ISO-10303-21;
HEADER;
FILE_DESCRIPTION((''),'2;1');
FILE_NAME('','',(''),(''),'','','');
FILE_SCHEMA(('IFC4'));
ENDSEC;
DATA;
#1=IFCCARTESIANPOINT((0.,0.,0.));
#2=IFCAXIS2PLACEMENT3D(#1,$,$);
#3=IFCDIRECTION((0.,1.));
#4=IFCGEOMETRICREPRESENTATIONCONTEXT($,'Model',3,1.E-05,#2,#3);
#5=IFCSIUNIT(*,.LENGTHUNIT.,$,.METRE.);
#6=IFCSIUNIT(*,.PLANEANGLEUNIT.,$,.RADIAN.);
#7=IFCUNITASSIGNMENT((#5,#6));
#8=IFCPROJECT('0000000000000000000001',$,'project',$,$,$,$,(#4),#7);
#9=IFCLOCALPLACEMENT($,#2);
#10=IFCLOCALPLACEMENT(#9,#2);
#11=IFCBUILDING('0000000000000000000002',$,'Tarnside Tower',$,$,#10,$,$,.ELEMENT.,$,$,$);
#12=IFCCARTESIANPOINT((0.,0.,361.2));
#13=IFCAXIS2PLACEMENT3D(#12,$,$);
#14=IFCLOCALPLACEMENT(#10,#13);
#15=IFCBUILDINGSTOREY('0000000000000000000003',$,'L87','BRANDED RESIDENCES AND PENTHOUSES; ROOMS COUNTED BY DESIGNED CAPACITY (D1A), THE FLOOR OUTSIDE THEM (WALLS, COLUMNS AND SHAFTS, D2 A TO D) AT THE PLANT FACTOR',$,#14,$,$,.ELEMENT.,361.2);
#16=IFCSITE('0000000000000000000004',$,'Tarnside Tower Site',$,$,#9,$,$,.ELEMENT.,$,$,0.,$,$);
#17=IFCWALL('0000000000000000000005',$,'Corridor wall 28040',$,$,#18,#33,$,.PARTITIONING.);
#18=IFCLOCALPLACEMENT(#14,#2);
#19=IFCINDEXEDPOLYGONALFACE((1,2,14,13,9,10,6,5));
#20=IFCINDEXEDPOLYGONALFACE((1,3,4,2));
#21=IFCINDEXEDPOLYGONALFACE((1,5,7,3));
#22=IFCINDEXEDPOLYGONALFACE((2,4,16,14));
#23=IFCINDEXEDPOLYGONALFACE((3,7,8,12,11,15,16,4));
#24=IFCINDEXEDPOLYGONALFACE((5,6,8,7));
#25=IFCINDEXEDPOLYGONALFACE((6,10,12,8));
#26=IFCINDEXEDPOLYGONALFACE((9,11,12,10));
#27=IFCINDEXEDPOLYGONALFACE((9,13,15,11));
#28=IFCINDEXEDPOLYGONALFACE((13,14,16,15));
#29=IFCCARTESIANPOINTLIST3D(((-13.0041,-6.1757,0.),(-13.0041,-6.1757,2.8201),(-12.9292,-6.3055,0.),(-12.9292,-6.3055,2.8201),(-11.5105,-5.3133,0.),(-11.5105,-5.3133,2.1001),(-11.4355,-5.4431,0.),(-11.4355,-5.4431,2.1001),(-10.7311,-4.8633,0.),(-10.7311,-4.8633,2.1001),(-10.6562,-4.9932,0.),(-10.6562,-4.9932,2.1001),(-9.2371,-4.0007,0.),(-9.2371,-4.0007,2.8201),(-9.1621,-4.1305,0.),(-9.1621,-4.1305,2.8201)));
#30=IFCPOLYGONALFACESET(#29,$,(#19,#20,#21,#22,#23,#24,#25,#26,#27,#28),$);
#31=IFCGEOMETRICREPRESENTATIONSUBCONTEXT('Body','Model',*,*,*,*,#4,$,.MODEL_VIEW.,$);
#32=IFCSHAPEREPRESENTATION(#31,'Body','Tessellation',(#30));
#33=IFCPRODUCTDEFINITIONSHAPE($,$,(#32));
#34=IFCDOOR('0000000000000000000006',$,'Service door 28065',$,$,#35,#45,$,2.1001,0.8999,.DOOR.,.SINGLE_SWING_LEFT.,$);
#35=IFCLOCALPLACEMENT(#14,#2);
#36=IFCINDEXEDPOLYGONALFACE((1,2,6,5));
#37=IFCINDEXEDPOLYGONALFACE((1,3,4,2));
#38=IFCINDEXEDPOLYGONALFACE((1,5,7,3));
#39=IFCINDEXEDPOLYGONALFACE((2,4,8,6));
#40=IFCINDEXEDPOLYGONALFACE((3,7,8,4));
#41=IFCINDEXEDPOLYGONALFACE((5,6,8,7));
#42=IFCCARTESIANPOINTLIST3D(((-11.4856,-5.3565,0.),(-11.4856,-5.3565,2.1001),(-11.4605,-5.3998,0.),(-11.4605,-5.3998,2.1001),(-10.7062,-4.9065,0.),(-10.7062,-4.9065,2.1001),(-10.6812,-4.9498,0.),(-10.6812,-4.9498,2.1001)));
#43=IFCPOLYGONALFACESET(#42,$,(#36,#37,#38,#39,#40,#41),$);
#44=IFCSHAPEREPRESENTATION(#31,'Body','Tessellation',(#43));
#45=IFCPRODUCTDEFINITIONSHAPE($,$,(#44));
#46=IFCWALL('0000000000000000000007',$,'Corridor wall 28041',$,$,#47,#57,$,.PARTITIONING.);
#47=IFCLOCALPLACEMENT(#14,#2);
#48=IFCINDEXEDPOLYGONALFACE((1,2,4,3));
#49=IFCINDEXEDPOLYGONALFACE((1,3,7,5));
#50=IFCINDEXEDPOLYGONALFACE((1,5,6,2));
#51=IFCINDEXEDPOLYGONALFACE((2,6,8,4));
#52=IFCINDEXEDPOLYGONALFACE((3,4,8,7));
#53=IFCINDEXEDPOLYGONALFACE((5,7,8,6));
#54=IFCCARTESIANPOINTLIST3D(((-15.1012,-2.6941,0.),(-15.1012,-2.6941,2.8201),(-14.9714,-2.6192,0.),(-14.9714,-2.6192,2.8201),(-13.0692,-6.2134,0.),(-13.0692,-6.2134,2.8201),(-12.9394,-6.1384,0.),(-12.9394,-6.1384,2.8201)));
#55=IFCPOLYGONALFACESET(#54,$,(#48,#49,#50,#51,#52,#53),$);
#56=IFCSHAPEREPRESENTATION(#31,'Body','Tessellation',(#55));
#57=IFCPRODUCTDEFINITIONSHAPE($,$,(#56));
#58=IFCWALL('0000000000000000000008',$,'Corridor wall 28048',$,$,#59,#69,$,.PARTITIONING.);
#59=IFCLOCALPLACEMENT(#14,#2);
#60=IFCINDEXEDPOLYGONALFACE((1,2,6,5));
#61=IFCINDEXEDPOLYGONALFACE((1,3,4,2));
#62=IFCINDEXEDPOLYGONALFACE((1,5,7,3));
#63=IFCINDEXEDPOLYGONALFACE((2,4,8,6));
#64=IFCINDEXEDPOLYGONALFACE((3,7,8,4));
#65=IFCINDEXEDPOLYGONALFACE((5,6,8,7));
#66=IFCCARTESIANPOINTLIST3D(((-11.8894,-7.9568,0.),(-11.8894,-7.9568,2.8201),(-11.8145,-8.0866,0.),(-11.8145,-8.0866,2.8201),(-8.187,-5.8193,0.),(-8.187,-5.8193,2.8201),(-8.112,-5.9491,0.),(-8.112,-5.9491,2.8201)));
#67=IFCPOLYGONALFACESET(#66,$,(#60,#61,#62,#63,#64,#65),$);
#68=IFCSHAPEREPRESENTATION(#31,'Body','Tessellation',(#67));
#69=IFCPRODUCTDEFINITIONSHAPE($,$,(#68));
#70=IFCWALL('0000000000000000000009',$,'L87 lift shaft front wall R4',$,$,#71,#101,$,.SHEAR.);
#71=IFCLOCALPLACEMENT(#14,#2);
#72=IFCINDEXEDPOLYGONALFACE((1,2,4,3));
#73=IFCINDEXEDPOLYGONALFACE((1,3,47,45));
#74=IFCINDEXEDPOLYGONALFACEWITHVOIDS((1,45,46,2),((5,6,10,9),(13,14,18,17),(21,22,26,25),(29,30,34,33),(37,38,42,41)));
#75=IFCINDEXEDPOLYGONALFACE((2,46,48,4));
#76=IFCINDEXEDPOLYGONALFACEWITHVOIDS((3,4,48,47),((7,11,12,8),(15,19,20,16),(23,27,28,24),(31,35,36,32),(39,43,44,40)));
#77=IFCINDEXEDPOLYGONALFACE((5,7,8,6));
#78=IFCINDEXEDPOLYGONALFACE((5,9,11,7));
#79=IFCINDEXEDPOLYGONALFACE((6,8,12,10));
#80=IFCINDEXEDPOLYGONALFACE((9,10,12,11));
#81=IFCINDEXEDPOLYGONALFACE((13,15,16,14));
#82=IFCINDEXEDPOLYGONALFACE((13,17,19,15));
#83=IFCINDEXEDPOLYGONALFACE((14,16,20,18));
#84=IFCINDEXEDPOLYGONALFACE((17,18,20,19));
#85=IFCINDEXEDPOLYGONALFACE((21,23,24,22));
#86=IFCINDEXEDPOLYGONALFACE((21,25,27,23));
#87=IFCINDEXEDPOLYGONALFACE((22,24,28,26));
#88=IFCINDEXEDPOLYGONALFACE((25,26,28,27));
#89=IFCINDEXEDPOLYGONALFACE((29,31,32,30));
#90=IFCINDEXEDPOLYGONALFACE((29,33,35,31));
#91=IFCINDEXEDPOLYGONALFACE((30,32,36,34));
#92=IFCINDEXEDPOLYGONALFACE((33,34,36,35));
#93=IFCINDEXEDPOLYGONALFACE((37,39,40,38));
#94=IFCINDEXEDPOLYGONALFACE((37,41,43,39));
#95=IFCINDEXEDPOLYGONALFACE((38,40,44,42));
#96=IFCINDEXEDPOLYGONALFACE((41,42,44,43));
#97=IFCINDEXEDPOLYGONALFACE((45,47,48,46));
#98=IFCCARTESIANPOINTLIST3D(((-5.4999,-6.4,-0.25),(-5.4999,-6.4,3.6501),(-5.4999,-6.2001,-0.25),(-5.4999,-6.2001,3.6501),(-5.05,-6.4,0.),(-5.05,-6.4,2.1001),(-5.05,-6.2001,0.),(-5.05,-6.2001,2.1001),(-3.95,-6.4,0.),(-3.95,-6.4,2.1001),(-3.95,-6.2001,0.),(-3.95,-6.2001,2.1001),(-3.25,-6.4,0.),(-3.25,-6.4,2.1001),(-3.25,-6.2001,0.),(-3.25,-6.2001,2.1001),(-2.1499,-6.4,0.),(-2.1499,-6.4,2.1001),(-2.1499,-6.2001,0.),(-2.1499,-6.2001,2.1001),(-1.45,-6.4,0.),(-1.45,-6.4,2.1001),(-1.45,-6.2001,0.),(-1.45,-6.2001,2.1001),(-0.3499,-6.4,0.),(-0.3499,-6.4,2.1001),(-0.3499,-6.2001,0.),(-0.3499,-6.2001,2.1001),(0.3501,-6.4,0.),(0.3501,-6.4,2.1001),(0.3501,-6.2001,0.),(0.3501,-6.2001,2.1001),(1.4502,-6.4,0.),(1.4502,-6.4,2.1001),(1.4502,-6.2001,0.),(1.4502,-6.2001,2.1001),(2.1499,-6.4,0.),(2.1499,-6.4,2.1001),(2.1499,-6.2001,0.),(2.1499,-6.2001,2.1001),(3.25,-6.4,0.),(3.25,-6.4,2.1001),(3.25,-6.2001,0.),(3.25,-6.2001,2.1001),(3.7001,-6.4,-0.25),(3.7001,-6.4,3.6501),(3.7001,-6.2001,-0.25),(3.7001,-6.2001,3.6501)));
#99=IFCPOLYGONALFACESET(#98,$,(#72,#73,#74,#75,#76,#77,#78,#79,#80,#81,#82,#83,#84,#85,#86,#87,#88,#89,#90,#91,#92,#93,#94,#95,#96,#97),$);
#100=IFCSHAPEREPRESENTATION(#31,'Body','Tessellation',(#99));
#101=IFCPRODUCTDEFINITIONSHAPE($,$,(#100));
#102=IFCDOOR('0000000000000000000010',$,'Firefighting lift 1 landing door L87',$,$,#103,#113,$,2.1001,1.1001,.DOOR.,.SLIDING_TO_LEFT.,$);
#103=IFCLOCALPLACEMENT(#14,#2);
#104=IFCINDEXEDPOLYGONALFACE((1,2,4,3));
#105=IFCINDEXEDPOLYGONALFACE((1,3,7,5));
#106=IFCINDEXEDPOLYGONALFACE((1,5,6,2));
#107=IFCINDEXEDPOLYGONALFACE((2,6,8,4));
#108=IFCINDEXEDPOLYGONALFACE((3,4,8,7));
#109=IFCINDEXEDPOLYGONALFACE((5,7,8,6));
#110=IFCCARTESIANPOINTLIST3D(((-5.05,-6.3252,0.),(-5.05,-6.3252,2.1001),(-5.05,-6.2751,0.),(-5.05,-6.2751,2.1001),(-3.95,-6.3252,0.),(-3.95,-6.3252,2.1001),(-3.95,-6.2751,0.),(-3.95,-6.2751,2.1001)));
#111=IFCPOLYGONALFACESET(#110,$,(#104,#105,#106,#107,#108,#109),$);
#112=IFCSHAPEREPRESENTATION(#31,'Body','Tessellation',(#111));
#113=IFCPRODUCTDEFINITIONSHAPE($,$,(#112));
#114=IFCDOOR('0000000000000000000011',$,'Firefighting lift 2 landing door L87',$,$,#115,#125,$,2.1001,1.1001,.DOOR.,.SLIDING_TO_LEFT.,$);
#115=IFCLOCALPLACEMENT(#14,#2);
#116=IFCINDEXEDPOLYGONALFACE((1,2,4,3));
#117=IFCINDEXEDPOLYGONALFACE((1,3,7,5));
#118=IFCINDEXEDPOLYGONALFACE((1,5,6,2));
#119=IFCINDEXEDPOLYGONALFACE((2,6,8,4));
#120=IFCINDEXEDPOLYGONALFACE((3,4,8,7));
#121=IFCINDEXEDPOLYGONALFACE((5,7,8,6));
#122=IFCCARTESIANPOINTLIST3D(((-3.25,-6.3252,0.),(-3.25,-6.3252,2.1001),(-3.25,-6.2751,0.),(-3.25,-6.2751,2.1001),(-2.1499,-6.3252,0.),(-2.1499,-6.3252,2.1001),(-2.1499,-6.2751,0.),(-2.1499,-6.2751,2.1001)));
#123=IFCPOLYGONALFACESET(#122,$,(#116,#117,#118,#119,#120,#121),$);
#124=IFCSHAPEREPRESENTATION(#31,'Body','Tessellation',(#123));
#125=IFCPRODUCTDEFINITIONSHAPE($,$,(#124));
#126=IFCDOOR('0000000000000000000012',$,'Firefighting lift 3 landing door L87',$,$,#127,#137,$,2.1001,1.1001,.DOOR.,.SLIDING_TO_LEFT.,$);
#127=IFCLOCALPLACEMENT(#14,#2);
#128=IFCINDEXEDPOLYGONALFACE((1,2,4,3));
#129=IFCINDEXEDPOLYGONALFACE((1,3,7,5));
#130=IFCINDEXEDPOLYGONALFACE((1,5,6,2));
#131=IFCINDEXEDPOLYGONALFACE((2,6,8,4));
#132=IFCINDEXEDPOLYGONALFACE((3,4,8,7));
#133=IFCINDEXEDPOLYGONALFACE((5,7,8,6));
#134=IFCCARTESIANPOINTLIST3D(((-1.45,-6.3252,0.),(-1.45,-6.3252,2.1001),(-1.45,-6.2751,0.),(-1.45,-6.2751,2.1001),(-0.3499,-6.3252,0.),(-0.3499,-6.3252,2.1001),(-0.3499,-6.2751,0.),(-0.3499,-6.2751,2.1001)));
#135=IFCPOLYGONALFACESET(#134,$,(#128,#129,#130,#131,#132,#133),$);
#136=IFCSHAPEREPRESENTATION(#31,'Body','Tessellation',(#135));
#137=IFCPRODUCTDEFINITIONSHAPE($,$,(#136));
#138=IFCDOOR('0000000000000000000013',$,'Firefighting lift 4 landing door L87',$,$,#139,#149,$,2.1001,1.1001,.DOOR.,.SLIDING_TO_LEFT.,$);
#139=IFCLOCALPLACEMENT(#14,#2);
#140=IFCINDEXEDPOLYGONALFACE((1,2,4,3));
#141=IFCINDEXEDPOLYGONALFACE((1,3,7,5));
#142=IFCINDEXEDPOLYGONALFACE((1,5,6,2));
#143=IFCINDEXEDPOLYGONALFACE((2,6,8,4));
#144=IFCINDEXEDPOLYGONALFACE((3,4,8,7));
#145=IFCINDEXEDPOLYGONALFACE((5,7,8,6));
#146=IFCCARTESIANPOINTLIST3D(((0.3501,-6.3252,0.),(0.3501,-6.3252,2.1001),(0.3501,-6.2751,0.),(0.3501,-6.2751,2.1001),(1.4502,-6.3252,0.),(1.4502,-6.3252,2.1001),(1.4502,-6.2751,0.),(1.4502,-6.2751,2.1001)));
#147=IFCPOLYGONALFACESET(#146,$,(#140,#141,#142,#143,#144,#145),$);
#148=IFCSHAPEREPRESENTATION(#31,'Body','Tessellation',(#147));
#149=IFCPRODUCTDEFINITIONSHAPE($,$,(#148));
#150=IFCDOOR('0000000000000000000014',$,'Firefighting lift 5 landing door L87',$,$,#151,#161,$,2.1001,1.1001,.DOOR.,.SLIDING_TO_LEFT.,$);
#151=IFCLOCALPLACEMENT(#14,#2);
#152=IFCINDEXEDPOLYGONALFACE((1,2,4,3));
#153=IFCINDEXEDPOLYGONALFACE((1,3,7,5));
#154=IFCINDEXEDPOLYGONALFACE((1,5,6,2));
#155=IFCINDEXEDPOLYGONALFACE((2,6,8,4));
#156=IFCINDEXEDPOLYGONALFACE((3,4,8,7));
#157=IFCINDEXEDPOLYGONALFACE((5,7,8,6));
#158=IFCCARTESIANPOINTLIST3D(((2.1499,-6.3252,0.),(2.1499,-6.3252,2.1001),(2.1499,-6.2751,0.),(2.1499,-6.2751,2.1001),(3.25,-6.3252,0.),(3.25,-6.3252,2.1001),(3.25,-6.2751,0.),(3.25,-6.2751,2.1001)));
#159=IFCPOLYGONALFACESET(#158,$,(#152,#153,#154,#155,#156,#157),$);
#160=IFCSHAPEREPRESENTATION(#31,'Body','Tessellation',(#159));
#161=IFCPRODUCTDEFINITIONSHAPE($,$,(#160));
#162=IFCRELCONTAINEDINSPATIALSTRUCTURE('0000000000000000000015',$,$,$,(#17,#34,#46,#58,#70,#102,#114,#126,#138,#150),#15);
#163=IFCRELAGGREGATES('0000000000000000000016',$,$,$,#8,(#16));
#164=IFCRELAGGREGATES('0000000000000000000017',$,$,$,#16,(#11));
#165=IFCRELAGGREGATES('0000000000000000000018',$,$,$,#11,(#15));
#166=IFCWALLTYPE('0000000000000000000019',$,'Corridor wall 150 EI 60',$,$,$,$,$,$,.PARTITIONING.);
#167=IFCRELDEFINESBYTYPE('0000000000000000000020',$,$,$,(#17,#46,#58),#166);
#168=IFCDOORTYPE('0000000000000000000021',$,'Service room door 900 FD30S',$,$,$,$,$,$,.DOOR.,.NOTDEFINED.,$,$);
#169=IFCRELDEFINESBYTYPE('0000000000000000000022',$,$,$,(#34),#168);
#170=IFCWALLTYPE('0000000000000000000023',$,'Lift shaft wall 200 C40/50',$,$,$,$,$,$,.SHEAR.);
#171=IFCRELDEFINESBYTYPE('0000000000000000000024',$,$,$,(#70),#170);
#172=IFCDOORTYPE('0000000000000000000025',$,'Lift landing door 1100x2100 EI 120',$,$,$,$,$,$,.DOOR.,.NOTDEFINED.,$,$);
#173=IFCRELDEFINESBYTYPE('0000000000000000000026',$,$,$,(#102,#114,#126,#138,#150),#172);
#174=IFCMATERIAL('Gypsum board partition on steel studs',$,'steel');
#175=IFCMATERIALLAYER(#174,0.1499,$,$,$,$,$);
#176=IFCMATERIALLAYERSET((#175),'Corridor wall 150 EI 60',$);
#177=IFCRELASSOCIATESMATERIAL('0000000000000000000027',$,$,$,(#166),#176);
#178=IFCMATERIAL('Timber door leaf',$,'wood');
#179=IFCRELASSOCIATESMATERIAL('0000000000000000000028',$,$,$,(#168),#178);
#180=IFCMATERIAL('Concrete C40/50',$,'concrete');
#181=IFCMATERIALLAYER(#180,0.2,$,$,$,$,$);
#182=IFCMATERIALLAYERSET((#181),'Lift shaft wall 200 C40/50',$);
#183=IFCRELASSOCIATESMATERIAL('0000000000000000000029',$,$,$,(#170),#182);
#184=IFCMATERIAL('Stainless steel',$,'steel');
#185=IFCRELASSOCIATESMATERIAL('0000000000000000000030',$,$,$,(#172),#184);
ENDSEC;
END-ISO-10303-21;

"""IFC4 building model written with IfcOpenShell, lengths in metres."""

from ifc_helpers import new_model, si_unit, direction, frame, frame_2d, origin, place, context, subcontext, project, spatial, rectangle, extrude, material, layer, layer_set, type_object, element, fill, save


model = new_model("IFC4")

# Units and contexts
model_context = context("Model", 3, precision=1e-05, world=origin(), true_north=direction((0.0, 1.0)))
body_context = subcontext(model_context, "Body", "Model", "MODEL_VIEW")
ifc_project = project(units=[si_unit("LENGTHUNIT", "METRE"), si_unit("PLANEANGLEUNIT", "RADIAN")], contexts=[model_context])

# Site, building, storey
site_placement = place(None, origin())
site = spatial("IfcSite", under=ifc_project, at=site_placement, Name="Tarnside Tower Site", CompositionType="ELEMENT", RefElevation=0.0)
building_placement = place(site_placement, origin())
building = spatial("IfcBuilding", under=site, at=building_placement, Name="Tarnside Tower", CompositionType="ELEMENT")
storey_placement = place(building_placement, frame((0.0, 0.0, 361.2)))
storey = spatial("IfcBuildingStorey", under=building, at=storey_placement, Name="L87", Description="BRANDED RESIDENCES AND PENTHOUSES; ROOMS COUNTED BY DESIGNED CAPACITY (D1A), THE FLOOR OUTSIDE THEM (WALLS, COLUMNS AND SHAFTS, D2 A TO D) AT THE PLANT FACTOR", CompositionType="ELEMENT", Elevation=361.2)

# Wall, opening, door
ifc_material_1 = material(Name="Gypsum board partition on steel studs", Category="steel")
ifc_layer_1 = layer(ifc_material_1, 0.1499)
ifc_layer_set_1 = layer_set([ifc_layer_1], Name="Corridor wall 150 EI 60")
wall_type_1 = type_object("IfcWallType", Name="Corridor wall 150 EI 60", PredefinedType="PARTITIONING", material=ifc_layer_set_1)
wall_1_placement = place(storey_placement, frame((-9.1997, -4.0657, 0.0), z_axis=(0.0, 0.0, 1.0), x_axis=(-0.866014, -0.50002, 0.0)))
wall_1 = element("IfcWall", 1, at=wall_1_placement, inside=storey, type_object=wall_type_1, Name="Corridor wall 28040", PredefinedType="PARTITIONING", context=body_context, shape_type="SweptSolid", body=[
    extrude(rectangle(XDim=4.3499, YDim=0.1499, at=frame_2d((2.1748, 0.0))), origin(), (0.0, 0.0, 1.0), 2.8201),
])
opening_1_placement = place(wall_1_placement, frame((1.7251, 0.0, 0.0)))
opening_1 = element("IfcOpeningElement", 2, at=opening_1_placement, cuts=wall_1, PredefinedType="OPENING", context=body_context, shape_type="SweptSolid", body=[
    extrude(rectangle(XDim=0.8999, YDim=2.1001, at=frame_2d((0.45, 1.05))), frame((0.0, 0.085, 0.0), z_axis=(0.0, -1.0, 0.0), x_axis=(1.0, 0.0, 0.0)), (0.0, 0.0, 1.0), 0.1699),
])
ifc_material_2 = material(Name="Timber door leaf", Category="wood")
door_type_1 = type_object("IfcDoorType", Name="Service room door 900 FD30S", OperationType="NOTDEFINED", PredefinedType="DOOR", material=ifc_material_2)
door_1_placement = place(opening_1_placement, origin())
door_1 = element("IfcDoor", 3, at=door_1_placement, inside=storey, type_object=door_type_1, Name="Service door 28065", OperationType="SINGLE_SWING_LEFT", OverallHeight=2.1001, OverallWidth=0.8999, PredefinedType="DOOR", context=body_context, shape_type="SweptSolid", body=[
    extrude(rectangle(XDim=0.8999, YDim=2.1001, at=frame_2d((0.45, 1.05))), frame((0.0, 0.0249, 0.0), z_axis=(0.0, -1.0, 0.0), x_axis=(1.0, 0.0, 0.0)), (0.0, 0.0, 1.0), 0.05),
])
fill(opening_1, door_1)

# Walls
wall_2_placement = place(storey_placement, frame((-13.0044, -6.1758, 0.0), z_axis=(0.0, 0.0, 1.0), x_axis=(-0.500022, 0.866013, 0.0)))
element("IfcWall", 4, at=wall_2_placement, inside=storey, type_object=wall_type_1, Name="Corridor wall 28041", PredefinedType="PARTITIONING", context=body_context, shape_type="SweptSolid", body=[
    extrude(rectangle(XDim=4.0637, YDim=0.1499, at=frame_2d((2.0317, 0.0))), origin(), (0.0, 0.0, 1.0), 2.8201),
])
wall_3_placement = place(storey_placement, frame((-11.8521, -8.0217, 0.0), z_axis=(0.0, 0.0, 1.0), x_axis=(0.866038, 0.499978, 0.0)))
element("IfcWall", 5, at=wall_3_placement, inside=storey, type_object=wall_type_1, Name="Corridor wall 28048", PredefinedType="PARTITIONING", context=body_context, shape_type="SweptSolid", body=[
    extrude(rectangle(XDim=4.2751, YDim=0.1499, at=frame_2d((2.1377, 0.0))), origin(), (0.0, 0.0, 1.0), 2.8201),
])

# Wall, openings, doors
ifc_material_3 = material(Name="Concrete C40/50", Category="concrete")
ifc_layer_2 = layer(ifc_material_3, 0.2)
ifc_layer_set_2 = layer_set([ifc_layer_2], Name="Lift shaft wall 200 C40/50")
wall_type_2 = type_object("IfcWallType", Name="Lift shaft wall 200 C40/50", PredefinedType="SHEAR", material=ifc_layer_set_2)
wall_4_placement = place(storey_placement, frame((-5.5, -6.3, -0.25), z_axis=(0.0, 0.0, 1.0), x_axis=(1.0, 0.0, 0.0)))
wall_4 = element("IfcWall", 6, at=wall_4_placement, inside=storey, type_object=wall_type_2, Name="L87 lift shaft front wall R4", PredefinedType="SHEAR", context=body_context, shape_type="SweptSolid", body=[
    extrude(rectangle(XDim=9.2, YDim=0.2, at=frame_2d((4.6001, 0.0))), origin(), (0.0, 0.0, 1.0), 3.9001),
])
opening_2_placement = place(wall_4_placement, frame((0.45, 0.0, 0.25)))
opening_2 = element("IfcOpeningElement", 7, at=opening_2_placement, cuts=wall_4, PredefinedType="OPENING", context=body_context, shape_type="SweptSolid", body=[
    extrude(rectangle(XDim=1.1001, YDim=2.1001, at=frame_2d((0.55, 1.05))), frame((0.0, 0.1099, 0.0), z_axis=(0.0, -1.0, 0.0), x_axis=(1.0, 0.0, 0.0)), (0.0, 0.0, 1.0), 0.22),
])
opening_3_placement = place(wall_4_placement, frame((2.25, 0.0, 0.25)))
opening_3 = element("IfcOpeningElement", 8, at=opening_3_placement, cuts=wall_4, PredefinedType="OPENING", context=body_context, shape_type="SweptSolid", body=[
    extrude(rectangle(XDim=1.1001, YDim=2.1001, at=frame_2d((0.55, 1.05))), frame((0.0, 0.1099, 0.0), z_axis=(0.0, -1.0, 0.0), x_axis=(1.0, 0.0, 0.0)), (0.0, 0.0, 1.0), 0.22),
])
opening_4_placement = place(wall_4_placement, frame((4.05, 0.0, 0.25)))
opening_4 = element("IfcOpeningElement", 9, at=opening_4_placement, cuts=wall_4, PredefinedType="OPENING", context=body_context, shape_type="SweptSolid", body=[
    extrude(rectangle(XDim=1.1001, YDim=2.1001, at=frame_2d((0.55, 1.05))), frame((0.0, 0.1099, 0.0), z_axis=(0.0, -1.0, 0.0), x_axis=(1.0, 0.0, 0.0)), (0.0, 0.0, 1.0), 0.22),
])
opening_5_placement = place(wall_4_placement, frame((5.8501, 0.0, 0.25)))
opening_5 = element("IfcOpeningElement", 10, at=opening_5_placement, cuts=wall_4, PredefinedType="OPENING", context=body_context, shape_type="SweptSolid", body=[
    extrude(rectangle(XDim=1.1001, YDim=2.1001, at=frame_2d((0.55, 1.05))), frame((0.0, 0.1099, 0.0), z_axis=(0.0, -1.0, 0.0), x_axis=(1.0, 0.0, 0.0)), (0.0, 0.0, 1.0), 0.22),
])
opening_6_placement = place(wall_4_placement, frame((7.6499, 0.0, 0.25)))
opening_6 = element("IfcOpeningElement", 11, at=opening_6_placement, cuts=wall_4, PredefinedType="OPENING", context=body_context, shape_type="SweptSolid", body=[
    extrude(rectangle(XDim=1.1001, YDim=2.1001, at=frame_2d((0.55, 1.05))), frame((0.0, 0.1099, 0.0), z_axis=(0.0, -1.0, 0.0), x_axis=(1.0, 0.0, 0.0)), (0.0, 0.0, 1.0), 0.22),
])
ifc_material_4 = material(Name="Stainless steel", Category="steel")
door_type_2 = type_object("IfcDoorType", Name="Lift landing door 1100x2100 EI 120", OperationType="NOTDEFINED", PredefinedType="DOOR", material=ifc_material_4)
door_2_placement = place(opening_2_placement, origin())
door_2 = element("IfcDoor", 12, at=door_2_placement, inside=storey, type_object=door_type_2, Name="Firefighting lift 1 landing door L87", OperationType="SLIDING_TO_LEFT", OverallHeight=2.1001, OverallWidth=1.1001, PredefinedType="DOOR", context=body_context, shape_type="SweptSolid", body=[
    extrude(rectangle(XDim=1.1001, YDim=2.1001, at=frame_2d((0.55, 1.05))), frame((0.0, 0.0249, 0.0), z_axis=(0.0, -1.0, 0.0), x_axis=(1.0, 0.0, 0.0)), (0.0, 0.0, 1.0), 0.05),
])
fill(opening_2, door_2)
door_3_placement = place(opening_3_placement, origin())
door_3 = element("IfcDoor", 13, at=door_3_placement, inside=storey, type_object=door_type_2, Name="Firefighting lift 2 landing door L87", OperationType="SLIDING_TO_LEFT", OverallHeight=2.1001, OverallWidth=1.1001, PredefinedType="DOOR", context=body_context, shape_type="SweptSolid", body=[
    extrude(rectangle(XDim=1.1001, YDim=2.1001, at=frame_2d((0.55, 1.05))), frame((0.0, 0.0249, 0.0), z_axis=(0.0, -1.0, 0.0), x_axis=(1.0, 0.0, 0.0)), (0.0, 0.0, 1.0), 0.05),
])
fill(opening_3, door_3)
door_4_placement = place(opening_4_placement, origin())
door_4 = element("IfcDoor", 14, at=door_4_placement, inside=storey, type_object=door_type_2, Name="Firefighting lift 3 landing door L87", OperationType="SLIDING_TO_LEFT", OverallHeight=2.1001, OverallWidth=1.1001, PredefinedType="DOOR", context=body_context, shape_type="SweptSolid", body=[
    extrude(rectangle(XDim=1.1001, YDim=2.1001, at=frame_2d((0.55, 1.05))), frame((0.0, 0.0249, 0.0), z_axis=(0.0, -1.0, 0.0), x_axis=(1.0, 0.0, 0.0)), (0.0, 0.0, 1.0), 0.05),
])
fill(opening_4, door_4)
door_5_placement = place(opening_5_placement, origin())
door_5 = element("IfcDoor", 15, at=door_5_placement, inside=storey, type_object=door_type_2, Name="Firefighting lift 4 landing door L87", OperationType="SLIDING_TO_LEFT", OverallHeight=2.1001, OverallWidth=1.1001, PredefinedType="DOOR", context=body_context, shape_type="SweptSolid", body=[
    extrude(rectangle(XDim=1.1001, YDim=2.1001, at=frame_2d((0.55, 1.05))), frame((0.0, 0.0249, 0.0), z_axis=(0.0, -1.0, 0.0), x_axis=(1.0, 0.0, 0.0)), (0.0, 0.0, 1.0), 0.05),
])
fill(opening_5, door_5)
door_6_placement = place(opening_6_placement, origin())
door_6 = element("IfcDoor", 16, at=door_6_placement, inside=storey, type_object=door_type_2, Name="Firefighting lift 5 landing door L87", OperationType="SLIDING_TO_LEFT", OverallHeight=2.1001, OverallWidth=1.1001, PredefinedType="DOOR", context=body_context, shape_type="SweptSolid", body=[
    extrude(rectangle(XDim=1.1001, YDim=2.1001, at=frame_2d((0.55, 1.05))), frame((0.0, 0.0249, 0.0), z_axis=(0.0, -1.0, 0.0), x_axis=(1.0, 0.0, 0.0)), (0.0, 0.0, 1.0), 0.05),
])
fill(opening_6, door_6)

save(model, "model.ifc")
